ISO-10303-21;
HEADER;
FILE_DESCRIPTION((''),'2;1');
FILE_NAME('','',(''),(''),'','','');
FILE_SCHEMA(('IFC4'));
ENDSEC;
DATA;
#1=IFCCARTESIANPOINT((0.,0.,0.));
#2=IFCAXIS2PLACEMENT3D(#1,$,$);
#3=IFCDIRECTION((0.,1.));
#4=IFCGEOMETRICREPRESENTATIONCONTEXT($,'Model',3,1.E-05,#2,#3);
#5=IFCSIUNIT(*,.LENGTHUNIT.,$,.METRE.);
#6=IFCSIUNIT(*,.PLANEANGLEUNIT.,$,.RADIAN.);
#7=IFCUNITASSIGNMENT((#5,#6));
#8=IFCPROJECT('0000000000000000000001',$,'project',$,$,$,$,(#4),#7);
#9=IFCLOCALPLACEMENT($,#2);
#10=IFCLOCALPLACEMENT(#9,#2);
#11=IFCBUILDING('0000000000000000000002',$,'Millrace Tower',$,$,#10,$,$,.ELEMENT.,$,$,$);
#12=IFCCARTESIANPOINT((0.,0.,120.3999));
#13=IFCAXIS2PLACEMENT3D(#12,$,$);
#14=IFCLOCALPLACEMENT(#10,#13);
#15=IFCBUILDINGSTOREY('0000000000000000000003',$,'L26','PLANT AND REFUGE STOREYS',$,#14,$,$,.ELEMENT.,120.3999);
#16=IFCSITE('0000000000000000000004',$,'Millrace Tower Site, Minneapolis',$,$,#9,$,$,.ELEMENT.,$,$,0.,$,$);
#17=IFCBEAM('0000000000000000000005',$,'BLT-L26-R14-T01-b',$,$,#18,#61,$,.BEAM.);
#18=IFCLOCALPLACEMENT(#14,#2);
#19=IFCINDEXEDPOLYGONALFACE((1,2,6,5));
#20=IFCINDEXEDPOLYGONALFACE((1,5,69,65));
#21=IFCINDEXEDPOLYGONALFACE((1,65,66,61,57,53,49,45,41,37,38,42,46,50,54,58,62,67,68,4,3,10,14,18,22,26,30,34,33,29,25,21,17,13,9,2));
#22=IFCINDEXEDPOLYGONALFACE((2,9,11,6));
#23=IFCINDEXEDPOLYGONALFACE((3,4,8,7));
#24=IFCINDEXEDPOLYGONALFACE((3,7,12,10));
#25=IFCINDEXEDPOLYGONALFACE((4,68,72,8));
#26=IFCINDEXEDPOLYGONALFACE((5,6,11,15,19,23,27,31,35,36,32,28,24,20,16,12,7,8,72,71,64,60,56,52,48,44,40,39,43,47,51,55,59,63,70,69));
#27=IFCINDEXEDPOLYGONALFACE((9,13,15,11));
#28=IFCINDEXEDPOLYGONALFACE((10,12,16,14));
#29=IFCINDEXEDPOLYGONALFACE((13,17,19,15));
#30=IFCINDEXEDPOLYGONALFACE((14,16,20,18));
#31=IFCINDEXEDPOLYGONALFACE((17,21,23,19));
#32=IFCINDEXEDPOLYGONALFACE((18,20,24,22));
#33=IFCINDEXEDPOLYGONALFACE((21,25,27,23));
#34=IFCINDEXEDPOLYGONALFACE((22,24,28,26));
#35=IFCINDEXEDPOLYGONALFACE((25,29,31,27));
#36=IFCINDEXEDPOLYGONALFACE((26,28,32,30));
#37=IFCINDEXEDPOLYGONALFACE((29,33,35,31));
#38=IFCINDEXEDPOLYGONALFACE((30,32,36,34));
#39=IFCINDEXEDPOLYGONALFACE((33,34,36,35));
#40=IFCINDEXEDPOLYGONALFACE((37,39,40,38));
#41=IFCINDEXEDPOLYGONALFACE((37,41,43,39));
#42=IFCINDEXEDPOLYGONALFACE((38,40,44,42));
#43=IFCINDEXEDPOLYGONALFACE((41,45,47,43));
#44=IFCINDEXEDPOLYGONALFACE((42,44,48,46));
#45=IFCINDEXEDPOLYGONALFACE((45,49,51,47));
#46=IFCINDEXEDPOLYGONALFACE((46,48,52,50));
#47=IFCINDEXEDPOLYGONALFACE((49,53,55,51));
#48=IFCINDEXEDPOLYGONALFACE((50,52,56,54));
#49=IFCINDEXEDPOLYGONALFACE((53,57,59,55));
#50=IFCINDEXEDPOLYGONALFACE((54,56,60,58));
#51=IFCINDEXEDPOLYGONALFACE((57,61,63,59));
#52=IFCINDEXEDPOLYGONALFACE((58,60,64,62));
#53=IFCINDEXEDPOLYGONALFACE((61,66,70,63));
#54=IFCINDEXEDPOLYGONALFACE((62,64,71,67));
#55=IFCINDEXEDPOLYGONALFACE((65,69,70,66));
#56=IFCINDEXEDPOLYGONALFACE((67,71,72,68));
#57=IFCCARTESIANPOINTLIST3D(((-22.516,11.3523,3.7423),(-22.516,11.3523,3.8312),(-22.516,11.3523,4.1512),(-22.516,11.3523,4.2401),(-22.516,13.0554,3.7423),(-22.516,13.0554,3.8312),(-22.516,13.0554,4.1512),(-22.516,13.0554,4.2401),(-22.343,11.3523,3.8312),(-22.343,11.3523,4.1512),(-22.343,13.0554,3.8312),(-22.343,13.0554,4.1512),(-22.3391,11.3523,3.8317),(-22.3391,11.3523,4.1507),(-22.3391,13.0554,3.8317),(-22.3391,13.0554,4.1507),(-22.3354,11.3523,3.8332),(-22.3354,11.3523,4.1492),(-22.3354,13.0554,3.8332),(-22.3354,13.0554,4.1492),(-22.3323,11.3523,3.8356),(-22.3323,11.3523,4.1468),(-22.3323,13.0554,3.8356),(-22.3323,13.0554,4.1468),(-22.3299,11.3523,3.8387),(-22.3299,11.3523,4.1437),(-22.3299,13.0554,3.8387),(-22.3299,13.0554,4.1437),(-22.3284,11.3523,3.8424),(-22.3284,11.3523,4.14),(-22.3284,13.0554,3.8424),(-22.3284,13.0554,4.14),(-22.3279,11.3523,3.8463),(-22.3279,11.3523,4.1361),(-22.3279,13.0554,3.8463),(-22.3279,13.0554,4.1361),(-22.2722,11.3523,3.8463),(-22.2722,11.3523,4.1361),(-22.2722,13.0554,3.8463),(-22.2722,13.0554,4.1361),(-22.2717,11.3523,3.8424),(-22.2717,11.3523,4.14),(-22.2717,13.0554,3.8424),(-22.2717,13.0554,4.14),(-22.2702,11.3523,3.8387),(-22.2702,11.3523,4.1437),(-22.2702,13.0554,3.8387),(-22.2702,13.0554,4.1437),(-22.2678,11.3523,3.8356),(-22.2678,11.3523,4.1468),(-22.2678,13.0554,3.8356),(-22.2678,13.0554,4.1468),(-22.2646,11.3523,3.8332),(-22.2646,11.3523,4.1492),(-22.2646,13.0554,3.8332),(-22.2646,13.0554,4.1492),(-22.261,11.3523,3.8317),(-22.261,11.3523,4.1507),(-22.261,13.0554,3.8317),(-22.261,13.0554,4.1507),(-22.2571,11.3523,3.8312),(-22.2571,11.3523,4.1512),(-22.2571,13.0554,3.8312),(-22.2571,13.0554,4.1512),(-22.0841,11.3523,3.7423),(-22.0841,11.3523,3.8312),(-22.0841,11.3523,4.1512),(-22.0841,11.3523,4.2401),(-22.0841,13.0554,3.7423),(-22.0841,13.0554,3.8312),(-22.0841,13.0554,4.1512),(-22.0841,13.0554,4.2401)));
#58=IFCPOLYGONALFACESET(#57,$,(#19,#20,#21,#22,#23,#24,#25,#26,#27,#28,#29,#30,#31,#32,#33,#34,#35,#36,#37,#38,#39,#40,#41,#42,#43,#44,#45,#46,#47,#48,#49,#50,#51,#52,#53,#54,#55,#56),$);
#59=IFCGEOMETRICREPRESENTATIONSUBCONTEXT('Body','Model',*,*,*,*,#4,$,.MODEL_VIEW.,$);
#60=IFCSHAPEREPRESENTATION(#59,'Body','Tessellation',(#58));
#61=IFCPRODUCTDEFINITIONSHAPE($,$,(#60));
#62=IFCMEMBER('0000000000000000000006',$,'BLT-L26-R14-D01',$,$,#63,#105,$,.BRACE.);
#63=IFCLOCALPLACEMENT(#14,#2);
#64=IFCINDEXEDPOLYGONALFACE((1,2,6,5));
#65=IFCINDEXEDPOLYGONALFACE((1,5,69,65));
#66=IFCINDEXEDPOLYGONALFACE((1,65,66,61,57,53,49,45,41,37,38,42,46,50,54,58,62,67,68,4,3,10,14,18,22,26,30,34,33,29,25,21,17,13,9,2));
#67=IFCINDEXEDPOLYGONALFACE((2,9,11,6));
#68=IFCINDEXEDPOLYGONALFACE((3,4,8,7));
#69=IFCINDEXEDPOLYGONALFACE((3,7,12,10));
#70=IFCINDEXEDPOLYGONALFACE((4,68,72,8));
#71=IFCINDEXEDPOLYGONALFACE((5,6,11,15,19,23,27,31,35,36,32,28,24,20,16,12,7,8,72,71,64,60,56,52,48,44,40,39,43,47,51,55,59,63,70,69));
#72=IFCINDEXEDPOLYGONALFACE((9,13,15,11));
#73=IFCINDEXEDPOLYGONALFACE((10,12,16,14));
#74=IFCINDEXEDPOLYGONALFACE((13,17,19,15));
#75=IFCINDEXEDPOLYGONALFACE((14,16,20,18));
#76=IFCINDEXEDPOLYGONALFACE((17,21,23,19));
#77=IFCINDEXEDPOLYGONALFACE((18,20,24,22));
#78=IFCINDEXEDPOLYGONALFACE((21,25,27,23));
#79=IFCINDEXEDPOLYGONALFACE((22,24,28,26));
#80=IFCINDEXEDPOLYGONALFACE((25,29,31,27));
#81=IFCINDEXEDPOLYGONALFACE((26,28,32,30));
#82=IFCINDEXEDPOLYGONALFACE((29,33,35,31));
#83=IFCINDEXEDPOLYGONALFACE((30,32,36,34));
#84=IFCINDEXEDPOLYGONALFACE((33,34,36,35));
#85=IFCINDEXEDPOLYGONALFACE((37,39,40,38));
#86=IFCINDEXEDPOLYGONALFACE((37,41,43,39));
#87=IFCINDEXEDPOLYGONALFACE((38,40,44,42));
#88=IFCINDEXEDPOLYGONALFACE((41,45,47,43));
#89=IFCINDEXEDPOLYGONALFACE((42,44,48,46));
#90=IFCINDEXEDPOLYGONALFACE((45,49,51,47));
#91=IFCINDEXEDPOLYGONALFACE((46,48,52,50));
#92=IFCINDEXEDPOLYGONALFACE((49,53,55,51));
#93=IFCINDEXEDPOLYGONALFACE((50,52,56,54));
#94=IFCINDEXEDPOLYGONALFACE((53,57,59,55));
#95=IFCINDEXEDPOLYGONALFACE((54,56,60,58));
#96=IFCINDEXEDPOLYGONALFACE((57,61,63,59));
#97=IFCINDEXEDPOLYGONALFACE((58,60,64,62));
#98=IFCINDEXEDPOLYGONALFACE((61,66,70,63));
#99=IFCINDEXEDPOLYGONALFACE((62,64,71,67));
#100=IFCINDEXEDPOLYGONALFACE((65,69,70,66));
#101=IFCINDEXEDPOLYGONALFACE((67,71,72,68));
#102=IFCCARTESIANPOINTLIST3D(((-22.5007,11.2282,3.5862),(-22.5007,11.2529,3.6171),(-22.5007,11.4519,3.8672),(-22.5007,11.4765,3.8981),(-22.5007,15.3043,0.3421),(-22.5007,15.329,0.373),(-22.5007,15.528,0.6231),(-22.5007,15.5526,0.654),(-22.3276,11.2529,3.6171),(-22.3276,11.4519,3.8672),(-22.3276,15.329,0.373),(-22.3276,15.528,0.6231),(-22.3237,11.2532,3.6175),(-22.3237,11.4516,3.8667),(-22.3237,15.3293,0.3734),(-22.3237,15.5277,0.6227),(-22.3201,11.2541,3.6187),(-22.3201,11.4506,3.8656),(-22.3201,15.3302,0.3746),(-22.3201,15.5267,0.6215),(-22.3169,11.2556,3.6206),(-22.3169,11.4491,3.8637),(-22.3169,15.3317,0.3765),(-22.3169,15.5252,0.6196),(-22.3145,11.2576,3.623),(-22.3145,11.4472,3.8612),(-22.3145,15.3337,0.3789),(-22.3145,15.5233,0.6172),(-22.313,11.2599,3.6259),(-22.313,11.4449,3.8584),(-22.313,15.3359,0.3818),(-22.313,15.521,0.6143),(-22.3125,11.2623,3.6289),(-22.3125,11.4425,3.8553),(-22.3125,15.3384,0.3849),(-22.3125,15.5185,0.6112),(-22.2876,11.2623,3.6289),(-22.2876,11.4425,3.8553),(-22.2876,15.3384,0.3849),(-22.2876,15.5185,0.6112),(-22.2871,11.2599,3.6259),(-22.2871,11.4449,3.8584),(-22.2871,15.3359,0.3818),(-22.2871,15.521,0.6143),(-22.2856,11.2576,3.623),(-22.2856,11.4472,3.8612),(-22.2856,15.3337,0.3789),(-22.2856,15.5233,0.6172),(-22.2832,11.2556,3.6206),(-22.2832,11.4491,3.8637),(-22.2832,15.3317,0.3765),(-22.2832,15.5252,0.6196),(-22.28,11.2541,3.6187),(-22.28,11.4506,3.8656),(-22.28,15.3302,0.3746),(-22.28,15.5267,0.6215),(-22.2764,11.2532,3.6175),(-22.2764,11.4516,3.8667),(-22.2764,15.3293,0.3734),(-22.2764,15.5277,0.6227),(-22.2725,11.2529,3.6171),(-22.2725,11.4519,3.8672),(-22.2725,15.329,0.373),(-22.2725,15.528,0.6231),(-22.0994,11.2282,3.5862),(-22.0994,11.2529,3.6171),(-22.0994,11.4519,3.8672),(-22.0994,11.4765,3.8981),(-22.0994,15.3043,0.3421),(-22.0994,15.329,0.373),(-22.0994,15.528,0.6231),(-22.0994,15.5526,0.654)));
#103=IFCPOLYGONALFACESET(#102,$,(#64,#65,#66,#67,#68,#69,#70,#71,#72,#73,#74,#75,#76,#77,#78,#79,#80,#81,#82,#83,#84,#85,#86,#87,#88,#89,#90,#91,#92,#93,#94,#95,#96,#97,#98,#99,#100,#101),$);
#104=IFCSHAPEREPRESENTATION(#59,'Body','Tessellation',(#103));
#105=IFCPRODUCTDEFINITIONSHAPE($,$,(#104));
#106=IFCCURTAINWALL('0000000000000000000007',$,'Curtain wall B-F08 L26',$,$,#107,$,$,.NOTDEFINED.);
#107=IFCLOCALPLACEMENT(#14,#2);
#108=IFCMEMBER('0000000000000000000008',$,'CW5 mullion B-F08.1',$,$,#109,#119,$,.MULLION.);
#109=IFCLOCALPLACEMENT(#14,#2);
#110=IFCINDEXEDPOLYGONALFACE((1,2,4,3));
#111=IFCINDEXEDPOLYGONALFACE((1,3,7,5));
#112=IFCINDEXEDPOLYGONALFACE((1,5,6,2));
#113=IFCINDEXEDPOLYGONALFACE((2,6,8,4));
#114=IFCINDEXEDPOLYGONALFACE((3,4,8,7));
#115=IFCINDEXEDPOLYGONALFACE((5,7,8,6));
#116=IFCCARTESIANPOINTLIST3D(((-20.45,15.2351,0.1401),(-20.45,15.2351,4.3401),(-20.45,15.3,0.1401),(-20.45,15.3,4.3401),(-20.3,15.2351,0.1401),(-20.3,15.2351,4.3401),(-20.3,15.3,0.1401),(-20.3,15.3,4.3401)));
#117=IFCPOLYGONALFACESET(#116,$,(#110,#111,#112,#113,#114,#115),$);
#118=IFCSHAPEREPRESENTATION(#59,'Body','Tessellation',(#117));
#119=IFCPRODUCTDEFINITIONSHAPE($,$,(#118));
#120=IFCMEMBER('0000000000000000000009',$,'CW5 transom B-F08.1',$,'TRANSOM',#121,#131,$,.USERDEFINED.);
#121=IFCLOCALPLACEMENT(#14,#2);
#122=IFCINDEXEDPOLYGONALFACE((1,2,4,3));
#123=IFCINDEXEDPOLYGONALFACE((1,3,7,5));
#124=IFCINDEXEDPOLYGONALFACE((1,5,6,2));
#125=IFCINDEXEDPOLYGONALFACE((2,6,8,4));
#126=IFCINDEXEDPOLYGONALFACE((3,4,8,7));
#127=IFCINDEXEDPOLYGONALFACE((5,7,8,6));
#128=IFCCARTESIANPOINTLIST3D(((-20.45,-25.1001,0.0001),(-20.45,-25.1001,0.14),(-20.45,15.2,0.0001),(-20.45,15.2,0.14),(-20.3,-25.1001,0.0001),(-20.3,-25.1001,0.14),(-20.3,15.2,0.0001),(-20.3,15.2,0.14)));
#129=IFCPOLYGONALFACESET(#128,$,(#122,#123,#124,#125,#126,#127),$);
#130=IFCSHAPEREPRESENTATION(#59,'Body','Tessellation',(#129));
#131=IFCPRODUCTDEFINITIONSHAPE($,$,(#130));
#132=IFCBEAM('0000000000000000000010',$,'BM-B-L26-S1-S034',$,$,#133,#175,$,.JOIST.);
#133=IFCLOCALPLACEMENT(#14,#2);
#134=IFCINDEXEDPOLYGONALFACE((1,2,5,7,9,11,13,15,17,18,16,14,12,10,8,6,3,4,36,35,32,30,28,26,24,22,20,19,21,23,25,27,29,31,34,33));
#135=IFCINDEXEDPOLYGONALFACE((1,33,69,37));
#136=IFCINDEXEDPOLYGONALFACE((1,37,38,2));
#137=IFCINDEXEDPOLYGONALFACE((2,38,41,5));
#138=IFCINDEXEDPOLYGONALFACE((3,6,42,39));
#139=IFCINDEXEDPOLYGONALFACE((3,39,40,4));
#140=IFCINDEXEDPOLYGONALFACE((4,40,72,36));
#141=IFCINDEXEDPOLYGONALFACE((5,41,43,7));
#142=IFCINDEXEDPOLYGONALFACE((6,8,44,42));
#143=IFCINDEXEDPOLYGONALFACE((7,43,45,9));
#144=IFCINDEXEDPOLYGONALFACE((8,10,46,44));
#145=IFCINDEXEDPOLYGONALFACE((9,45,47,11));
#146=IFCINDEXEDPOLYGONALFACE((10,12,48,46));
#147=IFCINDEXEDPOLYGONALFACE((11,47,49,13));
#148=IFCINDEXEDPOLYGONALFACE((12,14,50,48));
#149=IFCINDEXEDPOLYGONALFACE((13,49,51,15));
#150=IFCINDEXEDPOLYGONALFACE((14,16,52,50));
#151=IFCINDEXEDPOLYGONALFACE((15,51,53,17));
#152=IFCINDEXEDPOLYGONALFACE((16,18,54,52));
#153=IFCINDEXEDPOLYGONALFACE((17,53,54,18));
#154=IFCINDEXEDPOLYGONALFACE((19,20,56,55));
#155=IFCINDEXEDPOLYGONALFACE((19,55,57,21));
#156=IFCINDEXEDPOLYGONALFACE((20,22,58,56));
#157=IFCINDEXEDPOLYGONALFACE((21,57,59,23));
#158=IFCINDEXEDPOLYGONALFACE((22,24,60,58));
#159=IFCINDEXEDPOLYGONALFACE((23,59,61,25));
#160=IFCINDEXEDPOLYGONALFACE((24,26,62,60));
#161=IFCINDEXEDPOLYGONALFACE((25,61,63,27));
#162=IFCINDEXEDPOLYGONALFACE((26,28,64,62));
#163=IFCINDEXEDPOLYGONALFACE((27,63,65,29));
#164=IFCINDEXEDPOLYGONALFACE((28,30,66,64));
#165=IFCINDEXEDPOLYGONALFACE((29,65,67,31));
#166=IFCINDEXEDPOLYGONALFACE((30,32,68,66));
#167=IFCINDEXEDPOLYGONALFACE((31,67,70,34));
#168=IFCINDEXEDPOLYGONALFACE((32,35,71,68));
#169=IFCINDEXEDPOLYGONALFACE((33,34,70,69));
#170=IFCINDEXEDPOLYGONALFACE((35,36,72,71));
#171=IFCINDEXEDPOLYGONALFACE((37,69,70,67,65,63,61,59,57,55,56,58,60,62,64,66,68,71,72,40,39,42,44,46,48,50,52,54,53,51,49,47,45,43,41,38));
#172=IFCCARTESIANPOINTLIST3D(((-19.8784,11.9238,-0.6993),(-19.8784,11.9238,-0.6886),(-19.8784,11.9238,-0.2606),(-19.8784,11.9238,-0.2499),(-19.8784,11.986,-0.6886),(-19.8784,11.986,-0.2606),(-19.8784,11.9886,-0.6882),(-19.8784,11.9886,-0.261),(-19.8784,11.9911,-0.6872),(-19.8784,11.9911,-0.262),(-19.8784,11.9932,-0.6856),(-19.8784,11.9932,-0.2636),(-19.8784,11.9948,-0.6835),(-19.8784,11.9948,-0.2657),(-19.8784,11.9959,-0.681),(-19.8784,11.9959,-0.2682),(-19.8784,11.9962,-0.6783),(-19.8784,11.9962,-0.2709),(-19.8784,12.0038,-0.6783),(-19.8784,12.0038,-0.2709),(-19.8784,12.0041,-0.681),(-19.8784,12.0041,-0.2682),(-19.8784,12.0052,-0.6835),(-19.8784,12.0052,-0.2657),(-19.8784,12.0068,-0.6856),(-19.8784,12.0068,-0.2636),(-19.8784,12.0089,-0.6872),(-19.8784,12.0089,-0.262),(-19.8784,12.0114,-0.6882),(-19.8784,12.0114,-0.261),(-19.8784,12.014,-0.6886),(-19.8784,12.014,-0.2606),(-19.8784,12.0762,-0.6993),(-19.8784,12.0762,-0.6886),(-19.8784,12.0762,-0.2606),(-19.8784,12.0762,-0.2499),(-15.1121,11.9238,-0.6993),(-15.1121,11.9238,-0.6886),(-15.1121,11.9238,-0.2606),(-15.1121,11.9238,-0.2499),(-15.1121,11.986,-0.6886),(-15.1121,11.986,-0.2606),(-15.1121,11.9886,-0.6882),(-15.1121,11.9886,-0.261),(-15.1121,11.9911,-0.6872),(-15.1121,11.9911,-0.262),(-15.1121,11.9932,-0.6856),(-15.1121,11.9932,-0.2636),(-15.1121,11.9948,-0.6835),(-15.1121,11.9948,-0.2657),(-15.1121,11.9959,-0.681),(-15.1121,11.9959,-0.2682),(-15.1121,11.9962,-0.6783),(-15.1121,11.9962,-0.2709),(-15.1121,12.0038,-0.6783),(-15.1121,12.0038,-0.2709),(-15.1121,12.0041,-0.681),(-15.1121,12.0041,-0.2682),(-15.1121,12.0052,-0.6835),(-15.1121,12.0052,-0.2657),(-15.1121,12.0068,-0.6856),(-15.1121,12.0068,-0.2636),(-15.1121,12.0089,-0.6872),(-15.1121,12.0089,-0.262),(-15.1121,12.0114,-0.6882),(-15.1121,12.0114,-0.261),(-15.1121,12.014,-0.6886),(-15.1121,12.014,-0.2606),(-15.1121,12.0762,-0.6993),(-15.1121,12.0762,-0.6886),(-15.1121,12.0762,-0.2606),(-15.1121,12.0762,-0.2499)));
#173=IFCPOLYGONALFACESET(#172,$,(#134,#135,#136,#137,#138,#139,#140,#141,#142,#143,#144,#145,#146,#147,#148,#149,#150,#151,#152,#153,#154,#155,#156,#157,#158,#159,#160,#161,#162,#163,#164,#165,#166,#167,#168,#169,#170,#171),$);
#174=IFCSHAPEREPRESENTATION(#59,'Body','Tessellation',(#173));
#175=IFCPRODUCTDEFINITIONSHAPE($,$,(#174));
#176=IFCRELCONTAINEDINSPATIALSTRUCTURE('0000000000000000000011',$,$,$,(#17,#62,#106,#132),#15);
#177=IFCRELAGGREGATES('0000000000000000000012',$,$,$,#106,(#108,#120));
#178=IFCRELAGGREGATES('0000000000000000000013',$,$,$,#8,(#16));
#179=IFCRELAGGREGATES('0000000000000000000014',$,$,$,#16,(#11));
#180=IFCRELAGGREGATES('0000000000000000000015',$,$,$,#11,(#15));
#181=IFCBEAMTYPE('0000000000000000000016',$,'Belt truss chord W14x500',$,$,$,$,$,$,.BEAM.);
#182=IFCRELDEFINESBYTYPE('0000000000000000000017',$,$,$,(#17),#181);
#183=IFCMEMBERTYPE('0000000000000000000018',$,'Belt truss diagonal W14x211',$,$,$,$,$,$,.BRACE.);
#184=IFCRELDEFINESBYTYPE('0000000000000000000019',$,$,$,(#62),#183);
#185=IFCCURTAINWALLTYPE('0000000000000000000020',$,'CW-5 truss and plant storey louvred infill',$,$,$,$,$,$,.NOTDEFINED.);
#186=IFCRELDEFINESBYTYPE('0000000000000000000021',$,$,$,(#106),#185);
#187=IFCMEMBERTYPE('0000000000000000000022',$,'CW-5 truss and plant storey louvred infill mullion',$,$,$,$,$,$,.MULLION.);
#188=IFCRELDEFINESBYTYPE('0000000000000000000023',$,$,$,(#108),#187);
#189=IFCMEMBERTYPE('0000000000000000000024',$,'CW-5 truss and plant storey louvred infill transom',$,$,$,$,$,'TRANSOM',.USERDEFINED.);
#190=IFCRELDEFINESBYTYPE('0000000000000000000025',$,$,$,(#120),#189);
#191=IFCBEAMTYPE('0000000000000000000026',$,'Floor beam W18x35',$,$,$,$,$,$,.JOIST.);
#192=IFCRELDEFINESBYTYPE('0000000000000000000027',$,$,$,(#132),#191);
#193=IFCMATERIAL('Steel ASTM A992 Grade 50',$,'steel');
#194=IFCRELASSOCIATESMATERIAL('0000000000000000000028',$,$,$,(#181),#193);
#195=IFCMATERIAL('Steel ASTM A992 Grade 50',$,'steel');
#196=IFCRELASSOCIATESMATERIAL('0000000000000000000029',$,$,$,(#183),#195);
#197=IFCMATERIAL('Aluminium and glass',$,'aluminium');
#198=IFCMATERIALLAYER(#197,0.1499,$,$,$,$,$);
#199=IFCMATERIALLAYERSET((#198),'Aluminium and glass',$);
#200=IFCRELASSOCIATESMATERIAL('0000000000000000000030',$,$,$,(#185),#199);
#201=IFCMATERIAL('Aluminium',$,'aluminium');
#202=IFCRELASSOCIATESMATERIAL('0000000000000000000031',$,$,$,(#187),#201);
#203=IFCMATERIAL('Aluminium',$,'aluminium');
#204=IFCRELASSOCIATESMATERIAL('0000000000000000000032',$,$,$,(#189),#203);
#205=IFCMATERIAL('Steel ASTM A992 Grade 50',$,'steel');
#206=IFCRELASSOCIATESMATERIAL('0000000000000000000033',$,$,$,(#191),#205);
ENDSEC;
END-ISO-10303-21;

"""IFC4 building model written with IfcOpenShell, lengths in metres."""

from ifc_helpers import new_model, si_unit, direction, frame, origin, origin_2d, place, context, subcontext, project, spatial, rectangle, i_section, extrude, material, layer, layer_set, material_profile, profile_set, type_object, element, aggregate, save


model = new_model("IFC4")

# Units and contexts
model_context = context("Model", 3, precision=1e-05, world=origin(), true_north=direction((0.0, 1.0)))
body_context = subcontext(model_context, "Body", "Model", "MODEL_VIEW")
ifc_project = project(units=[si_unit("LENGTHUNIT", "METRE"), si_unit("PLANEANGLEUNIT", "RADIAN")], contexts=[model_context])

# Site, building, storey
site_placement = place(None, origin())
site = spatial("IfcSite", under=ifc_project, at=site_placement, Name="Millrace Tower Site, Minneapolis", CompositionType="ELEMENT", RefElevation=0.0)
building_placement = place(site_placement, origin())
building = spatial("IfcBuilding", under=site, at=building_placement, Name="Millrace Tower", CompositionType="ELEMENT")
storey_placement = place(building_placement, frame((0.0, 0.0, 120.3999)))
storey = spatial("IfcBuildingStorey", under=building, at=storey_placement, Name="L26", Description="PLANT AND REFUGE STOREYS", CompositionType="ELEMENT", Elevation=120.3999)

# Beam
ifc_material_1 = material(Name="Steel ASTM A992 Grade 50", Category="steel")
ifc_material_profile_1 = material_profile(ifc_material_1, i_section(OverallWidth=0.4319, OverallDepth=0.4978, WebThickness=0.0557, FlangeThickness=0.0889, FilletRadius=0.0151, at=origin_2d()))
ifc_profile_set_1 = profile_set([ifc_material_profile_1], Name="Steel ASTM A992 Grade 50")
beam_type_1 = type_object("IfcBeamType", Name="Belt truss chord W14x500", PredefinedType="BEAM", material=ifc_profile_set_1)
beam_1_placement = place(storey_placement, frame((-22.3, 13.0554, 3.9912), z_axis=(0.0, -1.0, 0.0), x_axis=(1.0, 0.0, 0.0)))
element("IfcBeam", 1, at=beam_1_placement, inside=storey, type_object=beam_type_1, Name="BLT-L26-R14-T01-b", PredefinedType="BEAM", context=body_context, shape_type="SweptSolid", body=[
    extrude(i_section(OverallWidth=0.4319, OverallDepth=0.4978, WebThickness=0.0557, FlangeThickness=0.0889, FilletRadius=0.0151, at=origin_2d()), origin(), (0.0, 0.0, 1.0), 1.7031),
])

# Member
ifc_material_2 = material(Name="Steel ASTM A992 Grade 50", Category="steel")
ifc_material_profile_2 = material_profile(ifc_material_2, i_section(OverallWidth=0.4014, OverallDepth=0.3987, WebThickness=0.0249, FlangeThickness=0.0396, FilletRadius=0.0151, at=origin_2d()))
ifc_profile_set_2 = profile_set([ifc_material_profile_2], Name="Steel ASTM A992 Grade 50")
member_type_1 = type_object("IfcMemberType", Name="Belt truss diagonal W14x211", PredefinedType="BRACE", material=ifc_profile_set_2)
member_1_placement = place(storey_placement, frame((-22.3, 15.4285, 0.498), z_axis=(0.0, -0.782439, 0.622727), x_axis=(1.0, 0.0, 0.0)))
element("IfcMember", 2, at=member_1_placement, inside=storey, type_object=member_type_1, Name="BLT-L26-R14-D01", PredefinedType="BRACE", context=body_context, shape_type="SweptSolid", body=[
    extrude(i_section(OverallWidth=0.4014, OverallDepth=0.3987, WebThickness=0.0249, FlangeThickness=0.0396, FilletRadius=0.0151, at=origin_2d()), origin(), (0.0, 0.0, 1.0), 5.2095),
])

# Curtain wall, members
ifc_material_3 = material(Name="Aluminium and glass", Category="aluminium")
ifc_layer_1 = layer(ifc_material_3, 0.1499)
ifc_layer_set_1 = layer_set([ifc_layer_1], Name="Aluminium and glass")
curtain_wall_type = type_object("IfcCurtainWallType", Name="CW-5 truss and plant storey louvred infill", PredefinedType="NOTDEFINED", material=ifc_layer_set_1)
curtain_wall_placement = place(storey_placement, origin())
curtain_wall = element("IfcCurtainWall", 3, at=curtain_wall_placement, inside=storey, type_object=curtain_wall_type, Name="Curtain wall B-F08 L26", PredefinedType="NOTDEFINED")
ifc_material_4 = material(Name="Aluminium", Category="aluminium")
ifc_material_profile_3 = material_profile(ifc_material_4, rectangle(XDim=0.0649, YDim=0.1499, at=origin_2d()))
ifc_profile_set_3 = profile_set([ifc_material_profile_3], Name="Aluminium")
member_type_2 = type_object("IfcMemberType", Name="CW-5 truss and plant storey louvred infill mullion", PredefinedType="MULLION", material=ifc_profile_set_3)
member_2_placement = place(storey_placement, frame((-20.375, 15.2676, 0.1401), z_axis=(0.0, 0.0, 1.0), x_axis=(0.0, -1.0, 0.0)))
member_2 = element("IfcMember", 4, at=member_2_placement, type_object=member_type_2, Name="CW5 mullion B-F08.1", PredefinedType="MULLION", context=body_context, shape_type="SweptSolid", body=[
    extrude(rectangle(XDim=0.0649, YDim=0.1499, at=origin_2d()), origin(), (0.0, 0.0, 1.0), 4.2),
])
ifc_material_5 = material(Name="Aluminium", Category="aluminium")
ifc_material_profile_4 = material_profile(ifc_material_5, rectangle(XDim=0.1499, YDim=0.1399, at=origin_2d()))
ifc_profile_set_4 = profile_set([ifc_material_profile_4], Name="Aluminium")
member_type_3 = type_object("IfcMemberType", Name="CW-5 truss and plant storey louvred infill transom", ElementType="TRANSOM", PredefinedType="USERDEFINED", material=ifc_profile_set_4)
member_3_placement = place(storey_placement, frame((-20.375, 15.2, 0.0701), z_axis=(0.0, -1.0, 0.0), x_axis=(1.0, 0.0, 0.0)))
member_3 = element("IfcMember", 5, at=member_3_placement, type_object=member_type_3, Name="CW5 transom B-F08.1", ObjectType="TRANSOM", PredefinedType="USERDEFINED", context=body_context, shape_type="SweptSolid", body=[
    extrude(rectangle(XDim=0.1499, YDim=0.1399, at=origin_2d()), origin(), (0.0, 0.0, 1.0), 40.3),
])
aggregate(curtain_wall, [member_2, member_3])

# Beam
ifc_material_6 = material(Name="Steel ASTM A992 Grade 50", Category="steel")
ifc_material_profile_5 = material_profile(ifc_material_6, i_section(OverallWidth=0.1523, OverallDepth=0.4495, WebThickness=0.0076, FlangeThickness=0.0107, FilletRadius=0.0103, at=origin_2d()))
ifc_profile_set_5 = profile_set([ifc_material_profile_5], Name="Steel ASTM A992 Grade 50")
beam_type_2 = type_object("IfcBeamType", Name="Floor beam W18x35", PredefinedType="JOIST", material=ifc_profile_set_5)
for number, where, z_axis, x_axis, name in (
    (6, (-19.8784, 12.0, -0.4746), (1.0, 0.0, 0.0), (0.0, 1.0, 0.0), "BM-B-L26-S1-S034"),
):
    element("IfcBeam", number, at=place(storey_placement, frame(where, z_axis=z_axis, x_axis=x_axis)), inside=storey, type_object=beam_type_2, Name=name, PredefinedType="JOIST", context=body_context, shape_type="SweptSolid", body=[
        extrude(i_section(OverallWidth=0.1523, OverallDepth=0.4495, WebThickness=0.0076, FlangeThickness=0.0107, FilletRadius=0.0103, at=origin_2d()), origin(), (0.0, 0.0, 1.0), 4.7664),
    ])

save(model, "model.ifc")
